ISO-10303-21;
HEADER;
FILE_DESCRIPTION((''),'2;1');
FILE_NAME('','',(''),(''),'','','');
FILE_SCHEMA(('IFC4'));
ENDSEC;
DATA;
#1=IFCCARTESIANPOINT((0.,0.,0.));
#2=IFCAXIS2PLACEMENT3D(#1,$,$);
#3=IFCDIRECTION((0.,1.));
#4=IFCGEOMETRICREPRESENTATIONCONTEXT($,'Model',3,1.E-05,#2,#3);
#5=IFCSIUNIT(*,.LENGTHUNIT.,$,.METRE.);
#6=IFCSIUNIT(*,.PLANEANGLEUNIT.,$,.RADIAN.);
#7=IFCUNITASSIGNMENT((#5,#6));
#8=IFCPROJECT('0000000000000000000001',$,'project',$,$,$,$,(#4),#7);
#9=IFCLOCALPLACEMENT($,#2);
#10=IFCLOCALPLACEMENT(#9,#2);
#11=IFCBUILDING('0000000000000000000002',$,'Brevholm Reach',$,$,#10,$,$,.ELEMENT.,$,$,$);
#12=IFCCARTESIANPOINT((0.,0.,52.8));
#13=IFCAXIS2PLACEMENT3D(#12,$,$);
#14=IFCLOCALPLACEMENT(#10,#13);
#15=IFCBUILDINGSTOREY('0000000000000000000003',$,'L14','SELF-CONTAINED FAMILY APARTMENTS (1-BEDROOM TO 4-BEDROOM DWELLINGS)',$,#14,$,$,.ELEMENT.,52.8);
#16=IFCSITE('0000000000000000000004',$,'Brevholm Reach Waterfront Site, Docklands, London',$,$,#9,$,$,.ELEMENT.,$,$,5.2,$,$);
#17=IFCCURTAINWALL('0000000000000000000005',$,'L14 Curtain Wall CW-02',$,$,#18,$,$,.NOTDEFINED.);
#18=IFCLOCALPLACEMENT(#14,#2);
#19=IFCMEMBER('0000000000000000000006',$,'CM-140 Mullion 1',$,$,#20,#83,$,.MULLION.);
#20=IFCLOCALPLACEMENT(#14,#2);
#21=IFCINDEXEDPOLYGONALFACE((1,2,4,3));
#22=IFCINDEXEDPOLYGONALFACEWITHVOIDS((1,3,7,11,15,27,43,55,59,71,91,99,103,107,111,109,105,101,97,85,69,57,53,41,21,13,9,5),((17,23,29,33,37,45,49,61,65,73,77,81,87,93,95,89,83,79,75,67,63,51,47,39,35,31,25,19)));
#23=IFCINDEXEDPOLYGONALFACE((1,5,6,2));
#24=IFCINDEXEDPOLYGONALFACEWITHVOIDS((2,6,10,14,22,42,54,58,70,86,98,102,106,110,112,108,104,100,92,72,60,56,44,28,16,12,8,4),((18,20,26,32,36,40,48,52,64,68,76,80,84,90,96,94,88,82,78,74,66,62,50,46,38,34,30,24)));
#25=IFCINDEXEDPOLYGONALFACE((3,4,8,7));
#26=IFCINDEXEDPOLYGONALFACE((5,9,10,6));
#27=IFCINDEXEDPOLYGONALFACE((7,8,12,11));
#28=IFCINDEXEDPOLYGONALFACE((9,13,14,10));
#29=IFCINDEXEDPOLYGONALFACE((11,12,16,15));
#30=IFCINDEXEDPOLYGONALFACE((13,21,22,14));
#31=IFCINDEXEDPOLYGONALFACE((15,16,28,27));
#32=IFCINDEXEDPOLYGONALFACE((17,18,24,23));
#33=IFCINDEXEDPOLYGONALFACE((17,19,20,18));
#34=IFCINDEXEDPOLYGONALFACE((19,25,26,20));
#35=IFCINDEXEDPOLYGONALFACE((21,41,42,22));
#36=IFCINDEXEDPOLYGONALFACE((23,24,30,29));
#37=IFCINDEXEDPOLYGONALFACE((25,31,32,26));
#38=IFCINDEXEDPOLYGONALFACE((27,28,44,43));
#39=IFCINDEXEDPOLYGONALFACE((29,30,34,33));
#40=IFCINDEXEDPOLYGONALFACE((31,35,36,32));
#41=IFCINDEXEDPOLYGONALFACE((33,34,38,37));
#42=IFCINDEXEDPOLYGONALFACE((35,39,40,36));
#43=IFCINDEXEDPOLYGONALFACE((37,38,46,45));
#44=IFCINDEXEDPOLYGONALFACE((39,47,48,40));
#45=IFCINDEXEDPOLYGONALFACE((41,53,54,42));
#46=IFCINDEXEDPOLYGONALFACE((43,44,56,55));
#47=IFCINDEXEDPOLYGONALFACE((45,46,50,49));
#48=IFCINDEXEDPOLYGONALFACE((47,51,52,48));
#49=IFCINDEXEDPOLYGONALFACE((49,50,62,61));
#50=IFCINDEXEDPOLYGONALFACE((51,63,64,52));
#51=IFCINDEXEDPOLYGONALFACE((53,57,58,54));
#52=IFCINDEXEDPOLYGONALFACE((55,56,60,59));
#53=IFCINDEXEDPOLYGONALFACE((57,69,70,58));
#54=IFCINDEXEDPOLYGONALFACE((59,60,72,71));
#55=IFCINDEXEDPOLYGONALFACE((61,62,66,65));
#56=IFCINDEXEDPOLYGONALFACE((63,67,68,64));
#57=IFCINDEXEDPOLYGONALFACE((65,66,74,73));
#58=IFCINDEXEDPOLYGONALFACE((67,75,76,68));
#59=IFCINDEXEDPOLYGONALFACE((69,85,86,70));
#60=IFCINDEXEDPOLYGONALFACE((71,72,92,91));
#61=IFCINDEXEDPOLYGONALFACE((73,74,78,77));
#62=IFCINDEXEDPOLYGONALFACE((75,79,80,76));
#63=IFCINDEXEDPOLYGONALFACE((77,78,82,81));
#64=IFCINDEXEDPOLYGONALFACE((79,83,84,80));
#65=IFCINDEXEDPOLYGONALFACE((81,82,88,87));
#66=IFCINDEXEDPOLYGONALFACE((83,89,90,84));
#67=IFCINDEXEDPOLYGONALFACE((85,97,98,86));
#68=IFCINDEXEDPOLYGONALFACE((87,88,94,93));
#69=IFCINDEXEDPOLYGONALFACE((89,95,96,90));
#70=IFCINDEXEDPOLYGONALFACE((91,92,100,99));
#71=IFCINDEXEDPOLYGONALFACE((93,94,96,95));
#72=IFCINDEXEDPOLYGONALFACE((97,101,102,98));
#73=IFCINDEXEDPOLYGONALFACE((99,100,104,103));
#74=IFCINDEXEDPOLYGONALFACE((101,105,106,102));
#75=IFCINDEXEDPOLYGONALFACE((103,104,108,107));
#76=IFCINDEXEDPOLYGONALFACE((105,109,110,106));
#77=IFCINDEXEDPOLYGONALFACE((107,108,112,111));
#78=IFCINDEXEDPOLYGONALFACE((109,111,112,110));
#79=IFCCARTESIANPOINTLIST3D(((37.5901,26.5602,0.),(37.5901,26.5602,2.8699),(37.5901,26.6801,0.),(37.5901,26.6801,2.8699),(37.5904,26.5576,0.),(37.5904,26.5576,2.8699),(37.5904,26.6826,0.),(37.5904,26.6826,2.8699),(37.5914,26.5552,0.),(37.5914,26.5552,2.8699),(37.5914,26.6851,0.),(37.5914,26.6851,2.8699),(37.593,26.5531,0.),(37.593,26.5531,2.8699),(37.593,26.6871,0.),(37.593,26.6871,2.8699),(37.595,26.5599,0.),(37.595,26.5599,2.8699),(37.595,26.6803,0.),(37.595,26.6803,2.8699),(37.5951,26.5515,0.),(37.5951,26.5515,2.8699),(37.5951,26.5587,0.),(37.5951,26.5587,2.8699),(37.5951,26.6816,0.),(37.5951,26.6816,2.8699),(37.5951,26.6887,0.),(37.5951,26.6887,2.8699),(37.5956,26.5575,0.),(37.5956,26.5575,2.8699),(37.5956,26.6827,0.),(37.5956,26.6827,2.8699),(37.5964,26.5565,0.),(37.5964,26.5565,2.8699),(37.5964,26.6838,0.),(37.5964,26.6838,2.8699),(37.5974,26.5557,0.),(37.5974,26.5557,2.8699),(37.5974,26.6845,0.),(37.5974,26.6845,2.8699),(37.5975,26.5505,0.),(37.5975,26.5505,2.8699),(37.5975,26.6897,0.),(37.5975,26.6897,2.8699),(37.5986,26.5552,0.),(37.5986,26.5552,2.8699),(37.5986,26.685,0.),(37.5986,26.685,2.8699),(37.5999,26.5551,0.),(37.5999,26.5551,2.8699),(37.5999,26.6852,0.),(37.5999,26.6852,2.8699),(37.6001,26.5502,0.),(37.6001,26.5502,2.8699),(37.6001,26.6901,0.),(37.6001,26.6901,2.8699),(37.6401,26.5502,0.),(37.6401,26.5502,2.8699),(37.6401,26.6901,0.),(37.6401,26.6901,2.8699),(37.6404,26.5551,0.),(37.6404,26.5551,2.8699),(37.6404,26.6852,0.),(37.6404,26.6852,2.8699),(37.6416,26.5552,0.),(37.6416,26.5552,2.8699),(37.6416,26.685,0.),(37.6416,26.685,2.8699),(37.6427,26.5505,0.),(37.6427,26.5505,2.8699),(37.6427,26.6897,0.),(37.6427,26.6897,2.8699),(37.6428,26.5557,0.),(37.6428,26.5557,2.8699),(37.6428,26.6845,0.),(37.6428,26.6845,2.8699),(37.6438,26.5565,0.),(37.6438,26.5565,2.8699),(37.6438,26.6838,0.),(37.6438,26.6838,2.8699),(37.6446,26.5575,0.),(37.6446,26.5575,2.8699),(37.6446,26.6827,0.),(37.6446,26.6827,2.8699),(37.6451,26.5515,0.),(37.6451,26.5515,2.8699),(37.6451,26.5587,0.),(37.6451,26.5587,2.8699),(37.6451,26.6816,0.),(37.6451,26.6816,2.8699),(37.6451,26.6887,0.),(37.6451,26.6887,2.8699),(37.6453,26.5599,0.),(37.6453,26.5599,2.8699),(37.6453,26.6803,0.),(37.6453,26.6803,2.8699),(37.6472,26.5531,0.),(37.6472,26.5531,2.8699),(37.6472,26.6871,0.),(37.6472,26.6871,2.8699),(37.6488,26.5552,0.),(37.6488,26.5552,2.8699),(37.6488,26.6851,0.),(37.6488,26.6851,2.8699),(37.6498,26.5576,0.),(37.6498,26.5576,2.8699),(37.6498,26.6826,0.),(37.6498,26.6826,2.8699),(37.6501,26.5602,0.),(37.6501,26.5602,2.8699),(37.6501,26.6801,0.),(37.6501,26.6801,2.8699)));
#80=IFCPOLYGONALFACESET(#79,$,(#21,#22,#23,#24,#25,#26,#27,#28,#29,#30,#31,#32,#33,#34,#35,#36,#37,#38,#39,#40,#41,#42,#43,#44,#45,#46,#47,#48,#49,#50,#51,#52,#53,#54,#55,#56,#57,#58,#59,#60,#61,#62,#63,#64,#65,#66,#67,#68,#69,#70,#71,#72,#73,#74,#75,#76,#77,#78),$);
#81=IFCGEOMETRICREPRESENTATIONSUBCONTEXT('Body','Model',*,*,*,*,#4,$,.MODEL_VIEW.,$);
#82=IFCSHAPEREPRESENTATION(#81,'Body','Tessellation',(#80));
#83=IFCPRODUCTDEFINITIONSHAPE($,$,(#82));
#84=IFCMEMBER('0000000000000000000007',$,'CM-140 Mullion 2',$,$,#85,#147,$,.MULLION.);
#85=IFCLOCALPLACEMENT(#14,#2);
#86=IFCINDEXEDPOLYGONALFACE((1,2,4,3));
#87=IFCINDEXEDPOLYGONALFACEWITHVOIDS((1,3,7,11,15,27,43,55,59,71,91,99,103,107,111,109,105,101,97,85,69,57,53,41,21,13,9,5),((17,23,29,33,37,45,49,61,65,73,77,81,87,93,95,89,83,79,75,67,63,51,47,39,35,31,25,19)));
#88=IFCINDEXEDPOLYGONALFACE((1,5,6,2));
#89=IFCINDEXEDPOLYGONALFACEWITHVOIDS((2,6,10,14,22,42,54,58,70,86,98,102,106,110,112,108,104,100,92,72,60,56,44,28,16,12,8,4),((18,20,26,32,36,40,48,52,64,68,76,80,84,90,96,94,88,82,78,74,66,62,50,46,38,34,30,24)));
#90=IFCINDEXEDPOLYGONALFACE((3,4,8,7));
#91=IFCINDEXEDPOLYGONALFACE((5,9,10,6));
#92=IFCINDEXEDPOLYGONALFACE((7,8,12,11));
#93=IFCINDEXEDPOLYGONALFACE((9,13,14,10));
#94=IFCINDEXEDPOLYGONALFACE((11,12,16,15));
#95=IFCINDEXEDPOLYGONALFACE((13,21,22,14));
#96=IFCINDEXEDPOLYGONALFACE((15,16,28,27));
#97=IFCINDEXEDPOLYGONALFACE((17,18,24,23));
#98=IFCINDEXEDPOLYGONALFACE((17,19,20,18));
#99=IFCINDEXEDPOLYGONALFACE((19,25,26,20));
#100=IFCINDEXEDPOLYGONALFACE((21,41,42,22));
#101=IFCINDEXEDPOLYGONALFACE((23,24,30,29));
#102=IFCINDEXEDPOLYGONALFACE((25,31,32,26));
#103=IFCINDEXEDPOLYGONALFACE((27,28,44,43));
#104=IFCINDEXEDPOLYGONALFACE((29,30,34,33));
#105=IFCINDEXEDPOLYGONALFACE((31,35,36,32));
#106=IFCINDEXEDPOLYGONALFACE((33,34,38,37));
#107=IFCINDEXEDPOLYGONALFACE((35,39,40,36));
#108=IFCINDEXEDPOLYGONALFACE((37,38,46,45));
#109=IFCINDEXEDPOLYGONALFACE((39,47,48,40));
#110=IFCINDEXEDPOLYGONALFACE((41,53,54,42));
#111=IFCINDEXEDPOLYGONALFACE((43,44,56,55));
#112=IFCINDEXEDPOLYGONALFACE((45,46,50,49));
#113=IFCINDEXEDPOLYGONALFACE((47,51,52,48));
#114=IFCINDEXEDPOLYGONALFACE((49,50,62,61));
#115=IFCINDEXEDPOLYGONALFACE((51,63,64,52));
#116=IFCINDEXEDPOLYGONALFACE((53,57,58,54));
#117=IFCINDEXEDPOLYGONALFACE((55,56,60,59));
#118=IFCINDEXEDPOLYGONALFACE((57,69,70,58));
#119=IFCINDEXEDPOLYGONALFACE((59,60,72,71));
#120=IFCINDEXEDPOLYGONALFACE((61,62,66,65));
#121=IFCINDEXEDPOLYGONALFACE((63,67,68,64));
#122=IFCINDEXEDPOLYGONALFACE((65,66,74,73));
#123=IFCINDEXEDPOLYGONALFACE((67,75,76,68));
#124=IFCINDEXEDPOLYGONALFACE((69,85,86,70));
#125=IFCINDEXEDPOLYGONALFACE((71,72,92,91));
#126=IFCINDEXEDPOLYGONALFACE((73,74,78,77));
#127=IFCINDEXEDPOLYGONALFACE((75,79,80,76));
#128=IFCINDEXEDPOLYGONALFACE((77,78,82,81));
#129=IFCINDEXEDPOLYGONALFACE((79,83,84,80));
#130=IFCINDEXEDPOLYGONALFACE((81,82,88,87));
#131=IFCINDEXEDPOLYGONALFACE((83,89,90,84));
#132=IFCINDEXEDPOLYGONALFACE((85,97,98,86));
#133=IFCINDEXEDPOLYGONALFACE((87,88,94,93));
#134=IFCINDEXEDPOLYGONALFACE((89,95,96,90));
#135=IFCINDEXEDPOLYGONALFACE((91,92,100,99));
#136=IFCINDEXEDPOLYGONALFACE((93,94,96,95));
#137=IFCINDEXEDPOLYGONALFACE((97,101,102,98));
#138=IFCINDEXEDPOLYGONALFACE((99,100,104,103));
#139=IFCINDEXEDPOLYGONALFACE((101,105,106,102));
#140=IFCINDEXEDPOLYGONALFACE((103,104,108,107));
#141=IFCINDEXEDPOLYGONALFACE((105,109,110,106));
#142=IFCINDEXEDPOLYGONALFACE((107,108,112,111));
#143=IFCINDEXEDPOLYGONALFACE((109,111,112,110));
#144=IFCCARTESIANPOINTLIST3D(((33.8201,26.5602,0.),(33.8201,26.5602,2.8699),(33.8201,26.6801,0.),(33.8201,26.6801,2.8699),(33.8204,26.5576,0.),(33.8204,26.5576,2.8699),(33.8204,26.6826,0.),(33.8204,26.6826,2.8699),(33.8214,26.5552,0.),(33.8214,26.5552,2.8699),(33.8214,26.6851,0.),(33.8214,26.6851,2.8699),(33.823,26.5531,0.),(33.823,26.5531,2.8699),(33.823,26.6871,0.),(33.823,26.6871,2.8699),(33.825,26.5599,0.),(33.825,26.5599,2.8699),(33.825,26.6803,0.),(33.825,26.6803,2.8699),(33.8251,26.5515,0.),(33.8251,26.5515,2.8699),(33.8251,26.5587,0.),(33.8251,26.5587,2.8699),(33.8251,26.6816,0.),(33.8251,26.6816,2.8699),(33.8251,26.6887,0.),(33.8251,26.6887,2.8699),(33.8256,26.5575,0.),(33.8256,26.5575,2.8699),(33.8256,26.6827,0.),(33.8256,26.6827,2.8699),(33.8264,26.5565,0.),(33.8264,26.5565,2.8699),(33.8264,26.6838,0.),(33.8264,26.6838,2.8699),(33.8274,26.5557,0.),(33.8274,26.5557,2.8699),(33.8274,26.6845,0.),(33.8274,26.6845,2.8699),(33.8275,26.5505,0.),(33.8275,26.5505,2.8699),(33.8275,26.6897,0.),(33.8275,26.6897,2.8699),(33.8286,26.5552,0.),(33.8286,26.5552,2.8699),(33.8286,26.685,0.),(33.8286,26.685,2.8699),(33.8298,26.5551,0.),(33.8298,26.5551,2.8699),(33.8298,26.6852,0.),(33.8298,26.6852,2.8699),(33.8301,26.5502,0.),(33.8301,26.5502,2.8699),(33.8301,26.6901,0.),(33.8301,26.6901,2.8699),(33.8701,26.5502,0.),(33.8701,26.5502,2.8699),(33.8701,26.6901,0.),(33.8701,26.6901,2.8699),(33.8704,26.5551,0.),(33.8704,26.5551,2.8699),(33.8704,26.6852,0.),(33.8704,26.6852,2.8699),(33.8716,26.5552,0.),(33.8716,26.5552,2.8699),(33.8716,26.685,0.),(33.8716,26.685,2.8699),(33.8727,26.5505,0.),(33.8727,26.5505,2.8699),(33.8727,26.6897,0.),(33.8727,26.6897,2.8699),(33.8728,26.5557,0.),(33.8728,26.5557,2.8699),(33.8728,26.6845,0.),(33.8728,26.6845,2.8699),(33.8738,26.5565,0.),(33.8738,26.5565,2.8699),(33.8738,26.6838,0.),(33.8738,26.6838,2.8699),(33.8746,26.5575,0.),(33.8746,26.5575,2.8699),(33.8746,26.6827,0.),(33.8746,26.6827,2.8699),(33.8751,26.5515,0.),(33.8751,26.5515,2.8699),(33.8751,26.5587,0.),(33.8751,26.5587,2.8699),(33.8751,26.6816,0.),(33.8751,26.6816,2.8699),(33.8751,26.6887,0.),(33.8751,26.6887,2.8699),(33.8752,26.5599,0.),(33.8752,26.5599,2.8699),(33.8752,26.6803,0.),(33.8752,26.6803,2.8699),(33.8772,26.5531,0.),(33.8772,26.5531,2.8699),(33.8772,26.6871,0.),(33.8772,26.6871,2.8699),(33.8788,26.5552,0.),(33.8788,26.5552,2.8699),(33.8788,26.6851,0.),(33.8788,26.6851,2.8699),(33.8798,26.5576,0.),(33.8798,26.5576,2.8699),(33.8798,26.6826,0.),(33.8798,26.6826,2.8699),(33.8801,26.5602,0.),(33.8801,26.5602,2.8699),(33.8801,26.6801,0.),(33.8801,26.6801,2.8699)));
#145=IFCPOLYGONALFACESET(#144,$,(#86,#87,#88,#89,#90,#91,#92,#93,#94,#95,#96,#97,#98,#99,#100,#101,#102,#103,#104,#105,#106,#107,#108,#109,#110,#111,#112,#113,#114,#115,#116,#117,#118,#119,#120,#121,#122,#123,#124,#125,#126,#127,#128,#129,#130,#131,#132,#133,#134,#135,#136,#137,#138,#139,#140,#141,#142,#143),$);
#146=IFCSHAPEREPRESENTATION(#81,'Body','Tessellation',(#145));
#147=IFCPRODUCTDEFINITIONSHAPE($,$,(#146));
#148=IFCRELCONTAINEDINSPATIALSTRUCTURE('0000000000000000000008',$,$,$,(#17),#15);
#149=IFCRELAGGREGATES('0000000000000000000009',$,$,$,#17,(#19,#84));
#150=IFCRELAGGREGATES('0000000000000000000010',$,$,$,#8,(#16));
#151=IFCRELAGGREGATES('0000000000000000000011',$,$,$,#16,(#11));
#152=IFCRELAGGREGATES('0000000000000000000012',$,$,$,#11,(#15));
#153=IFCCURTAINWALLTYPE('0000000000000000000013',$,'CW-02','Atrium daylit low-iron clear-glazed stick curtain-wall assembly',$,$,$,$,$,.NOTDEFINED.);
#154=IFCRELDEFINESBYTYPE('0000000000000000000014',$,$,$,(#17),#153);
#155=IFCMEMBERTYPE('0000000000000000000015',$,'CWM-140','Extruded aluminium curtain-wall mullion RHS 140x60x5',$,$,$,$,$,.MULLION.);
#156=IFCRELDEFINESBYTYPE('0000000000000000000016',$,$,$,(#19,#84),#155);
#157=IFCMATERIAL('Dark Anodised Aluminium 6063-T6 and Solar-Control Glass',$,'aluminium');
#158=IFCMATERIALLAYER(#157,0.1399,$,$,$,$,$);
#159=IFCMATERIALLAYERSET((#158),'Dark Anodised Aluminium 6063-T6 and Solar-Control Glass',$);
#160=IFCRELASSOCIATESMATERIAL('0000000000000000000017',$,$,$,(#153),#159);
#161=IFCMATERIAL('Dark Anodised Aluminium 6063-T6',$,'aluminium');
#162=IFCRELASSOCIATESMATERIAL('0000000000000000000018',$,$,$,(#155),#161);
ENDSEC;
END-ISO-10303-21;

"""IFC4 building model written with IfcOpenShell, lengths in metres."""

from ifc_helpers import new_model, si_unit, direction, frame, origin, origin_2d, place, context, subcontext, project, spatial, hollow_rectangle, extrude, material, layer, layer_set, material_profile, profile_set, type_object, element, aggregate, save


model = new_model("IFC4")

# Units and contexts
model_context = context("Model", 3, precision=1e-05, world=origin(), true_north=direction((0.0, 1.0)))
body_context = subcontext(model_context, "Body", "Model", "MODEL_VIEW")
ifc_project = project(units=[si_unit("LENGTHUNIT", "METRE"), si_unit("PLANEANGLEUNIT", "RADIAN")], contexts=[model_context])

# Site, building, storey
site_placement = place(None, origin())
site = spatial("IfcSite", under=ifc_project, at=site_placement, Name="Brevholm Reach Waterfront Site, Docklands, London", CompositionType="ELEMENT", RefElevation=5.2)
building_placement = place(site_placement, origin())
building = spatial("IfcBuilding", under=site, at=building_placement, Name="Brevholm Reach", CompositionType="ELEMENT")
storey_placement = place(building_placement, frame((0.0, 0.0, 52.8)))
storey = spatial("IfcBuildingStorey", under=building, at=storey_placement, Name="L14", Description="SELF-CONTAINED FAMILY APARTMENTS (1-BEDROOM TO 4-BEDROOM DWELLINGS)", CompositionType="ELEMENT", Elevation=52.8)

# Curtain wall, members
ifc_material_1 = material(Name="Dark Anodised Aluminium 6063-T6 and Solar-Control Glass", Category="aluminium")
ifc_layer_1 = layer(ifc_material_1, 0.1399)
ifc_layer_set_1 = layer_set([ifc_layer_1], Name="Dark Anodised Aluminium 6063-T6 and Solar-Control Glass")
curtain_wall_type_1 = type_object("IfcCurtainWallType", Name="CW-02", Description="Atrium daylit low-iron clear-glazed stick curtain-wall assembly", PredefinedType="NOTDEFINED", material=ifc_layer_set_1)
curtain_wall_1_placement = place(storey_placement, origin())
curtain_wall_1 = element("IfcCurtainWall", 1, at=curtain_wall_1_placement, inside=storey, type_object=curtain_wall_type_1, Name="L14 Curtain Wall CW-02", PredefinedType="NOTDEFINED")
ifc_material_2 = material(Name="Dark Anodised Aluminium 6063-T6", Category="aluminium")
ifc_material_profile_1 = material_profile(ifc_material_2, hollow_rectangle(XDim=0.0601, YDim=0.1399, WallThickness=0.0049, InnerFilletRadius=0.0049, OuterFilletRadius=0.01, at=origin_2d()), Name="RHS 140x60x5")
ifc_profile_set_1 = profile_set([ifc_material_profile_1], Name="Dark Anodised Aluminium 6063-T6")
member_type_1 = type_object("IfcMemberType", Name="CWM-140", Description="Extruded aluminium curtain-wall mullion RHS 140x60x5", PredefinedType="MULLION", material=ifc_profile_set_1)
member_1_placement = place(storey_placement, frame((37.6201, 26.6201, 0.0), z_axis=(0.0, 0.0, 1.0), x_axis=(-1.0, 0.0, 0.0)))
member_1 = element("IfcMember", 2, at=member_1_placement, type_object=member_type_1, Name="CM-140 Mullion 1", PredefinedType="MULLION", context=body_context, shape_type="SweptSolid", body=[
    extrude(hollow_rectangle(XDim=0.0601, YDim=0.1399, WallThickness=0.0049, InnerFilletRadius=0.0049, OuterFilletRadius=0.01, at=origin_2d()), origin(), (0.0, 0.0, 1.0), 2.8699),
])
member_2_placement = place(storey_placement, frame((33.8501, 26.6201, 0.0), z_axis=(0.0, 0.0, 1.0), x_axis=(-1.0, 0.0, 0.0)))
member_2 = element("IfcMember", 3, at=member_2_placement, type_object=member_type_1, Name="CM-140 Mullion 2", PredefinedType="MULLION", context=body_context, shape_type="SweptSolid", body=[
    extrude(hollow_rectangle(XDim=0.0601, YDim=0.1399, WallThickness=0.0049, InnerFilletRadius=0.0049, OuterFilletRadius=0.01, at=origin_2d()), origin(), (0.0, 0.0, 1.0), 2.8699),
])

aggregate(curtain_wall_1, [member_1, member_2])

save(model, "model.ifc")
